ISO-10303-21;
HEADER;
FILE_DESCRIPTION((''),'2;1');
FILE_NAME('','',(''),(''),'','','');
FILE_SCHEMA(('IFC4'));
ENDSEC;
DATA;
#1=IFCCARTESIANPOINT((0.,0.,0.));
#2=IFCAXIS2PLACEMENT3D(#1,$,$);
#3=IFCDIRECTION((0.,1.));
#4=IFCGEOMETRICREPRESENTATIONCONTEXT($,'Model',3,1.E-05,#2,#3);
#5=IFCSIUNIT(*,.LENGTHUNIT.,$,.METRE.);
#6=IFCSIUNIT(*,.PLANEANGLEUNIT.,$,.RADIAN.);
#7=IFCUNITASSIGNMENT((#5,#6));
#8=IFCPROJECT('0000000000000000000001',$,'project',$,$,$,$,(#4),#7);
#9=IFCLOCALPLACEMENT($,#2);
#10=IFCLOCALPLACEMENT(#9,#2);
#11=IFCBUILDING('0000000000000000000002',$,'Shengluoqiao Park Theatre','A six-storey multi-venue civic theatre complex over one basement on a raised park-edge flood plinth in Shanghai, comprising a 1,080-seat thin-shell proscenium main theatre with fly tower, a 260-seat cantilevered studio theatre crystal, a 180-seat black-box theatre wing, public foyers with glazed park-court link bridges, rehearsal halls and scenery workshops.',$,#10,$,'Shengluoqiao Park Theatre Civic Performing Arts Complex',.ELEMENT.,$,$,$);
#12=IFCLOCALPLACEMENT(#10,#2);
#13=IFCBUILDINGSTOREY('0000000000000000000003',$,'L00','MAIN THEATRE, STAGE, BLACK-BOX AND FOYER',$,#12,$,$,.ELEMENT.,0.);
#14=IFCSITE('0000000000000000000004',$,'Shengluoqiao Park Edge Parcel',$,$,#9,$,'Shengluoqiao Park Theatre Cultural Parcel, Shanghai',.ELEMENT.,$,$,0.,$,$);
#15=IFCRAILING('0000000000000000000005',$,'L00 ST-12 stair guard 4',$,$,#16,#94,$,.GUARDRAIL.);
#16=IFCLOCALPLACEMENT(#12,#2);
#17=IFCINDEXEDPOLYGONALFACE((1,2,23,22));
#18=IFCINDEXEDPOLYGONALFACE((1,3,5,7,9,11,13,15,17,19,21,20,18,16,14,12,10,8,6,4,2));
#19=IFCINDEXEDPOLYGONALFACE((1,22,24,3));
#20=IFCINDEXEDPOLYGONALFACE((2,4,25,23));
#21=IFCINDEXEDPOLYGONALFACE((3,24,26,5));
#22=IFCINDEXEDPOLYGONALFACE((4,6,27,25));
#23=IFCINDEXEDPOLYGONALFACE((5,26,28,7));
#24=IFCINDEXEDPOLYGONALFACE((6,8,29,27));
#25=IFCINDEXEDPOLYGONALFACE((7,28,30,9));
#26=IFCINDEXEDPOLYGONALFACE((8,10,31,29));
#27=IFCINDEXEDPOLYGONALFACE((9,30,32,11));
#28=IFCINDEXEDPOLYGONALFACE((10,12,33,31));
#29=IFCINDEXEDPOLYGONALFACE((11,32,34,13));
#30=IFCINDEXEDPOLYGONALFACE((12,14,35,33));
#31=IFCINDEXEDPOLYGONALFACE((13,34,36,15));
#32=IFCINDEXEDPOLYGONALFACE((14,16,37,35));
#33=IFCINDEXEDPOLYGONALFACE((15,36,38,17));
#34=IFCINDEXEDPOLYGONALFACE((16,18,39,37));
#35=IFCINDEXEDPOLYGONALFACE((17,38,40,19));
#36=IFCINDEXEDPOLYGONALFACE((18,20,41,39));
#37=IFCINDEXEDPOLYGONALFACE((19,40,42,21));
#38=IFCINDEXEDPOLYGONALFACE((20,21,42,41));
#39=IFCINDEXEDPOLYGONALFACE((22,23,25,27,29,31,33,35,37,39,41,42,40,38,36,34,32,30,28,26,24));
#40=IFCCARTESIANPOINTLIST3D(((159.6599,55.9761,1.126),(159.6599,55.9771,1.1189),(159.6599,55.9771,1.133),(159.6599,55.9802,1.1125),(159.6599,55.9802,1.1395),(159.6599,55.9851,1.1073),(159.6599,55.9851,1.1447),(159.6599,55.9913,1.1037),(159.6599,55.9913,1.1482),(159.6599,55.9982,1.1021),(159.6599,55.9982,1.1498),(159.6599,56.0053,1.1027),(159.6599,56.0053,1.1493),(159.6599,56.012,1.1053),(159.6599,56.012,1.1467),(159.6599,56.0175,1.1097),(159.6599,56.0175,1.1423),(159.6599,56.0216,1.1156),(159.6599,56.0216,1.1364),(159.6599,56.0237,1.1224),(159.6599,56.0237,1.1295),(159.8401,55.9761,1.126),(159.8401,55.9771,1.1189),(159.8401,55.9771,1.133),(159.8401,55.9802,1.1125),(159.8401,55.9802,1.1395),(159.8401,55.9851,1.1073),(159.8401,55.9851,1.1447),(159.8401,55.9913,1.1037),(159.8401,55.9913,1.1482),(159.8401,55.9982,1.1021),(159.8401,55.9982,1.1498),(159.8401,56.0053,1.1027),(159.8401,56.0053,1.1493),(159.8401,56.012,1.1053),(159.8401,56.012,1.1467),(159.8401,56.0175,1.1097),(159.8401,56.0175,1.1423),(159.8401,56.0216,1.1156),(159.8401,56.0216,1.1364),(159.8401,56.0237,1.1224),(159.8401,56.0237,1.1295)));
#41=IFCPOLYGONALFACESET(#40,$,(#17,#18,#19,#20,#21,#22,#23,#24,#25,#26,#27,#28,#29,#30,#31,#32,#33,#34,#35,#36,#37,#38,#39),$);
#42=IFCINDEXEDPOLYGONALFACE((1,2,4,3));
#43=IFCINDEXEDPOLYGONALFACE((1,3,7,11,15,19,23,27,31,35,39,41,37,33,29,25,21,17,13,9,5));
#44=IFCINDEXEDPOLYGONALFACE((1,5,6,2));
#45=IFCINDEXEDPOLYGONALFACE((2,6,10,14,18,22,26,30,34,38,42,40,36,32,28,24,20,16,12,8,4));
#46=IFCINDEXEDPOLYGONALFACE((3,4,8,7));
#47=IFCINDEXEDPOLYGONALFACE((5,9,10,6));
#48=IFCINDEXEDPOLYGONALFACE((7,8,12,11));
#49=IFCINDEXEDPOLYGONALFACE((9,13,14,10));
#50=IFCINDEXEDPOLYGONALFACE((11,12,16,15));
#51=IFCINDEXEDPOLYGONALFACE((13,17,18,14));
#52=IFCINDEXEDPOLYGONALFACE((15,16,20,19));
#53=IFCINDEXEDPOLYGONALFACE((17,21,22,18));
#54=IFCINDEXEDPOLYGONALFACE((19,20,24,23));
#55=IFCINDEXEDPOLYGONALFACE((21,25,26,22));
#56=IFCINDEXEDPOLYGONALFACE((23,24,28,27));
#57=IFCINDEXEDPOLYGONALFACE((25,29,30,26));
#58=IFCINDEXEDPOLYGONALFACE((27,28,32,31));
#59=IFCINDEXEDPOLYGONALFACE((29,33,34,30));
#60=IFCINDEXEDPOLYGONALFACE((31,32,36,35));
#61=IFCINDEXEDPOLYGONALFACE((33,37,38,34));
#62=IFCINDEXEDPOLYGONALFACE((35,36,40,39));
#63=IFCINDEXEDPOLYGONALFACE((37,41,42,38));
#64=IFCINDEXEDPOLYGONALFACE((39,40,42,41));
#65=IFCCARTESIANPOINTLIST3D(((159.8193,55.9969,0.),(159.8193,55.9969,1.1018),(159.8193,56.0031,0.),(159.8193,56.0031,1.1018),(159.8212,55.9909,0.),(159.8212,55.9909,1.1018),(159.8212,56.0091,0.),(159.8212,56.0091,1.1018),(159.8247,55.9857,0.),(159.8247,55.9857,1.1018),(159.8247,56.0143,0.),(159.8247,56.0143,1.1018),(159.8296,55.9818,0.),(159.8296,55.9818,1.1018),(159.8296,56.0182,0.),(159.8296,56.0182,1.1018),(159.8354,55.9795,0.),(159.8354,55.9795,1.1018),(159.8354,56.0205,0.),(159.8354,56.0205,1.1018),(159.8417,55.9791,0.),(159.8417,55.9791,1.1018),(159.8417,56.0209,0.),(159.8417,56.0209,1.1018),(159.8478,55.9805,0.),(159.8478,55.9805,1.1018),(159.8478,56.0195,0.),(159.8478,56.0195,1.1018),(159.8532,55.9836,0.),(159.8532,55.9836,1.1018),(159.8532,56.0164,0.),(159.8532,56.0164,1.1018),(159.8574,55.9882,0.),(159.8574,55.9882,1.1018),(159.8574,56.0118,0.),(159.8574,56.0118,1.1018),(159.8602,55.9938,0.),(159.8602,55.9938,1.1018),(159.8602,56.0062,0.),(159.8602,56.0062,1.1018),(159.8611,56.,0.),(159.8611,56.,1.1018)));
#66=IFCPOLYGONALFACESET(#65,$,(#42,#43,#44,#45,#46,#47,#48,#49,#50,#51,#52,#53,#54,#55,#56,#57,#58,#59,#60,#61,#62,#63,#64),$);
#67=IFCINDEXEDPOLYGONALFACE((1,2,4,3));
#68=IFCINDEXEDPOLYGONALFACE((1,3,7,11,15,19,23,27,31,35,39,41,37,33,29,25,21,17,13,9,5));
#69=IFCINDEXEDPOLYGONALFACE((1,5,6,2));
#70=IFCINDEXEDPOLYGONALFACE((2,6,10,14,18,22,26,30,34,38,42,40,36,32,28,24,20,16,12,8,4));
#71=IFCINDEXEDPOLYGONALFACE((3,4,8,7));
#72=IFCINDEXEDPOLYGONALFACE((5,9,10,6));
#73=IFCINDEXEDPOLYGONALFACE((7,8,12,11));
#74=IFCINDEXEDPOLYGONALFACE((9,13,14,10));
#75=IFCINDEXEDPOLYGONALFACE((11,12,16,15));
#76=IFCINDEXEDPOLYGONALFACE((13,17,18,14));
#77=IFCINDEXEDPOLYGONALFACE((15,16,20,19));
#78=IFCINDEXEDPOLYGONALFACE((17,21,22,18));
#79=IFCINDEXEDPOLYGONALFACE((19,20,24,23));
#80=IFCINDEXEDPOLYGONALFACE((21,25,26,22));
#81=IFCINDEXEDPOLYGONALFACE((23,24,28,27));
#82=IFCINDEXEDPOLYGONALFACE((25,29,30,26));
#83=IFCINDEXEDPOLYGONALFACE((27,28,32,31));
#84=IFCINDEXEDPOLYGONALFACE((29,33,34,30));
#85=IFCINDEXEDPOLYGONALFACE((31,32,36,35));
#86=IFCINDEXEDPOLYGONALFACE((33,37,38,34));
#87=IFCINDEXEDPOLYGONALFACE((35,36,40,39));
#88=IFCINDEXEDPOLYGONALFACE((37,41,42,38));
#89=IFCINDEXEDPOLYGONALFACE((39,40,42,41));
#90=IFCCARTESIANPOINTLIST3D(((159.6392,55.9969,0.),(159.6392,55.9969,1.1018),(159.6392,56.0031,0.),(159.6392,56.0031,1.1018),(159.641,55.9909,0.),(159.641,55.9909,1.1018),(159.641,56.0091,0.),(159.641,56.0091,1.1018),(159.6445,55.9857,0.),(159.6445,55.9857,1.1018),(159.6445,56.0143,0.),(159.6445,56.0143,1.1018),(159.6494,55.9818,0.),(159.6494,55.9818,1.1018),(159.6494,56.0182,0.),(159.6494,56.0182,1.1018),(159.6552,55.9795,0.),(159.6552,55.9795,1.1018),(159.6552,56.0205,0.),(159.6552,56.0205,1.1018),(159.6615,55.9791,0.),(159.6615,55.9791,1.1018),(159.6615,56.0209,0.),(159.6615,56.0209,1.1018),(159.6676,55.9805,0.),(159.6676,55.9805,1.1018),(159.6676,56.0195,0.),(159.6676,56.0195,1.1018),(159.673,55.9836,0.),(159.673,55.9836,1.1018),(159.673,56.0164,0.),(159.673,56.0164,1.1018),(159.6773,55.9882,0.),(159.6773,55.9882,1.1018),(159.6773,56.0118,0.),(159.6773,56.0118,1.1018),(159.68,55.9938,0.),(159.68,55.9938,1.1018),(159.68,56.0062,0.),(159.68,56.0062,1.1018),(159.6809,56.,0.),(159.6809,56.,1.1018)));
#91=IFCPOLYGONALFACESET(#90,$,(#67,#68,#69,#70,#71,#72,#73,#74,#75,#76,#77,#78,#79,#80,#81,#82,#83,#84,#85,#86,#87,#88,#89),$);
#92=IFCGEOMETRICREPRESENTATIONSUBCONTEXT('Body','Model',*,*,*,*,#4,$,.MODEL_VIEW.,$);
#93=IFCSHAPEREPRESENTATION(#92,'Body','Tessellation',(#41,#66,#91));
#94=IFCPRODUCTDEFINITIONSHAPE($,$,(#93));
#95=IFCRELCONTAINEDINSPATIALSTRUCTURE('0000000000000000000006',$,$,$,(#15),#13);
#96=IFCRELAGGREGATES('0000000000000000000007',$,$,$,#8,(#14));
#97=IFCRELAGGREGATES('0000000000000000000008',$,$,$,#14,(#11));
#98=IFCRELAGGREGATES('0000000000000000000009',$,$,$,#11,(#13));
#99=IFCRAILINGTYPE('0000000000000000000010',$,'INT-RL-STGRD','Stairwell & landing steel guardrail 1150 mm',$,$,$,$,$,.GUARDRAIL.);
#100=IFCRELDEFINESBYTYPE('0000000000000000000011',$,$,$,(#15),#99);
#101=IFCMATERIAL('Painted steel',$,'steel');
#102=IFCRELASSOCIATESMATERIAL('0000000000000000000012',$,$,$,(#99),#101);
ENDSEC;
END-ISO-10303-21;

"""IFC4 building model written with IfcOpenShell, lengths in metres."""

from ifc_helpers import new_model, si_unit, direction, frame, origin, origin_2d, place, context, subcontext, project, spatial, circle, extrude, material, type_object, element, save


model = new_model("IFC4")

# Units and contexts
model_context = context("Model", 3, precision=1e-05, world=origin(), true_north=direction((0.0, 1.0)))
body_context = subcontext(model_context, "Body", "Model", "MODEL_VIEW")
ifc_project = project(units=[si_unit("LENGTHUNIT", "METRE"), si_unit("PLANEANGLEUNIT", "RADIAN")], contexts=[model_context])

# Site, building, storey
site_placement = place(None, origin())
site = spatial("IfcSite", under=ifc_project, at=site_placement, Name="Shengluoqiao Park Edge Parcel", LongName="Shengluoqiao Park Theatre Cultural Parcel, Shanghai", CompositionType="ELEMENT", RefElevation=0.0)
building_placement = place(site_placement, origin())
building = spatial("IfcBuilding", under=site, at=building_placement, Name="Shengluoqiao Park Theatre", Description="A six-storey multi-venue civic theatre complex over one basement on a raised park-edge flood plinth in Shanghai, comprising a 1,080-seat thin-shell proscenium main theatre with fly tower, a 260-seat cantilevered studio theatre crystal, a 180-seat black-box theatre wing, public foyers with glazed park-court link bridges, rehearsal halls and scenery workshops.", LongName="Shengluoqiao Park Theatre Civic Performing Arts Complex", CompositionType="ELEMENT")
storey_placement = place(building_placement, origin())
storey = spatial("IfcBuildingStorey", under=building, at=storey_placement, Name="L00", Description="MAIN THEATRE, STAGE, BLACK-BOX AND FOYER", CompositionType="ELEMENT", Elevation=0.0)

# Railing
ifc_material_1 = material(Name="Painted steel", Category="steel")
railing_type_1 = type_object("IfcRailingType", Name="INT-RL-STGRD", Description="Stairwell & landing steel guardrail 1150 mm", PredefinedType="GUARDRAIL", material=ifc_material_1)
railing_1_placement = place(storey_placement, frame((159.8401, 56.0, 0.0)))
element("IfcRailing", 1, at=railing_1_placement, inside=storey, type_object=railing_type_1, Name="L00 ST-12 stair guard 4", PredefinedType="GUARDRAIL", context=body_context, shape_type="SweptSolid", body=[
    extrude(circle(Radius=0.0239, at=origin_2d()), frame((0.0, 0.0, 1.126), z_axis=(-1.0, 0.0, 0.0), x_axis=(0.0, -1.0, 0.0)), (0.0, 0.0, 1.0), 0.1802),
    extrude(circle(Radius=0.021, at=origin_2d()), origin(), (0.0, 0.0, 1.0), 1.1018),
    extrude(circle(Radius=0.021, at=origin_2d()), frame((-0.1802, 0.0, 0.0)), (0.0, 0.0, 1.0), 1.1018),
])

save(model, "model.ifc")
